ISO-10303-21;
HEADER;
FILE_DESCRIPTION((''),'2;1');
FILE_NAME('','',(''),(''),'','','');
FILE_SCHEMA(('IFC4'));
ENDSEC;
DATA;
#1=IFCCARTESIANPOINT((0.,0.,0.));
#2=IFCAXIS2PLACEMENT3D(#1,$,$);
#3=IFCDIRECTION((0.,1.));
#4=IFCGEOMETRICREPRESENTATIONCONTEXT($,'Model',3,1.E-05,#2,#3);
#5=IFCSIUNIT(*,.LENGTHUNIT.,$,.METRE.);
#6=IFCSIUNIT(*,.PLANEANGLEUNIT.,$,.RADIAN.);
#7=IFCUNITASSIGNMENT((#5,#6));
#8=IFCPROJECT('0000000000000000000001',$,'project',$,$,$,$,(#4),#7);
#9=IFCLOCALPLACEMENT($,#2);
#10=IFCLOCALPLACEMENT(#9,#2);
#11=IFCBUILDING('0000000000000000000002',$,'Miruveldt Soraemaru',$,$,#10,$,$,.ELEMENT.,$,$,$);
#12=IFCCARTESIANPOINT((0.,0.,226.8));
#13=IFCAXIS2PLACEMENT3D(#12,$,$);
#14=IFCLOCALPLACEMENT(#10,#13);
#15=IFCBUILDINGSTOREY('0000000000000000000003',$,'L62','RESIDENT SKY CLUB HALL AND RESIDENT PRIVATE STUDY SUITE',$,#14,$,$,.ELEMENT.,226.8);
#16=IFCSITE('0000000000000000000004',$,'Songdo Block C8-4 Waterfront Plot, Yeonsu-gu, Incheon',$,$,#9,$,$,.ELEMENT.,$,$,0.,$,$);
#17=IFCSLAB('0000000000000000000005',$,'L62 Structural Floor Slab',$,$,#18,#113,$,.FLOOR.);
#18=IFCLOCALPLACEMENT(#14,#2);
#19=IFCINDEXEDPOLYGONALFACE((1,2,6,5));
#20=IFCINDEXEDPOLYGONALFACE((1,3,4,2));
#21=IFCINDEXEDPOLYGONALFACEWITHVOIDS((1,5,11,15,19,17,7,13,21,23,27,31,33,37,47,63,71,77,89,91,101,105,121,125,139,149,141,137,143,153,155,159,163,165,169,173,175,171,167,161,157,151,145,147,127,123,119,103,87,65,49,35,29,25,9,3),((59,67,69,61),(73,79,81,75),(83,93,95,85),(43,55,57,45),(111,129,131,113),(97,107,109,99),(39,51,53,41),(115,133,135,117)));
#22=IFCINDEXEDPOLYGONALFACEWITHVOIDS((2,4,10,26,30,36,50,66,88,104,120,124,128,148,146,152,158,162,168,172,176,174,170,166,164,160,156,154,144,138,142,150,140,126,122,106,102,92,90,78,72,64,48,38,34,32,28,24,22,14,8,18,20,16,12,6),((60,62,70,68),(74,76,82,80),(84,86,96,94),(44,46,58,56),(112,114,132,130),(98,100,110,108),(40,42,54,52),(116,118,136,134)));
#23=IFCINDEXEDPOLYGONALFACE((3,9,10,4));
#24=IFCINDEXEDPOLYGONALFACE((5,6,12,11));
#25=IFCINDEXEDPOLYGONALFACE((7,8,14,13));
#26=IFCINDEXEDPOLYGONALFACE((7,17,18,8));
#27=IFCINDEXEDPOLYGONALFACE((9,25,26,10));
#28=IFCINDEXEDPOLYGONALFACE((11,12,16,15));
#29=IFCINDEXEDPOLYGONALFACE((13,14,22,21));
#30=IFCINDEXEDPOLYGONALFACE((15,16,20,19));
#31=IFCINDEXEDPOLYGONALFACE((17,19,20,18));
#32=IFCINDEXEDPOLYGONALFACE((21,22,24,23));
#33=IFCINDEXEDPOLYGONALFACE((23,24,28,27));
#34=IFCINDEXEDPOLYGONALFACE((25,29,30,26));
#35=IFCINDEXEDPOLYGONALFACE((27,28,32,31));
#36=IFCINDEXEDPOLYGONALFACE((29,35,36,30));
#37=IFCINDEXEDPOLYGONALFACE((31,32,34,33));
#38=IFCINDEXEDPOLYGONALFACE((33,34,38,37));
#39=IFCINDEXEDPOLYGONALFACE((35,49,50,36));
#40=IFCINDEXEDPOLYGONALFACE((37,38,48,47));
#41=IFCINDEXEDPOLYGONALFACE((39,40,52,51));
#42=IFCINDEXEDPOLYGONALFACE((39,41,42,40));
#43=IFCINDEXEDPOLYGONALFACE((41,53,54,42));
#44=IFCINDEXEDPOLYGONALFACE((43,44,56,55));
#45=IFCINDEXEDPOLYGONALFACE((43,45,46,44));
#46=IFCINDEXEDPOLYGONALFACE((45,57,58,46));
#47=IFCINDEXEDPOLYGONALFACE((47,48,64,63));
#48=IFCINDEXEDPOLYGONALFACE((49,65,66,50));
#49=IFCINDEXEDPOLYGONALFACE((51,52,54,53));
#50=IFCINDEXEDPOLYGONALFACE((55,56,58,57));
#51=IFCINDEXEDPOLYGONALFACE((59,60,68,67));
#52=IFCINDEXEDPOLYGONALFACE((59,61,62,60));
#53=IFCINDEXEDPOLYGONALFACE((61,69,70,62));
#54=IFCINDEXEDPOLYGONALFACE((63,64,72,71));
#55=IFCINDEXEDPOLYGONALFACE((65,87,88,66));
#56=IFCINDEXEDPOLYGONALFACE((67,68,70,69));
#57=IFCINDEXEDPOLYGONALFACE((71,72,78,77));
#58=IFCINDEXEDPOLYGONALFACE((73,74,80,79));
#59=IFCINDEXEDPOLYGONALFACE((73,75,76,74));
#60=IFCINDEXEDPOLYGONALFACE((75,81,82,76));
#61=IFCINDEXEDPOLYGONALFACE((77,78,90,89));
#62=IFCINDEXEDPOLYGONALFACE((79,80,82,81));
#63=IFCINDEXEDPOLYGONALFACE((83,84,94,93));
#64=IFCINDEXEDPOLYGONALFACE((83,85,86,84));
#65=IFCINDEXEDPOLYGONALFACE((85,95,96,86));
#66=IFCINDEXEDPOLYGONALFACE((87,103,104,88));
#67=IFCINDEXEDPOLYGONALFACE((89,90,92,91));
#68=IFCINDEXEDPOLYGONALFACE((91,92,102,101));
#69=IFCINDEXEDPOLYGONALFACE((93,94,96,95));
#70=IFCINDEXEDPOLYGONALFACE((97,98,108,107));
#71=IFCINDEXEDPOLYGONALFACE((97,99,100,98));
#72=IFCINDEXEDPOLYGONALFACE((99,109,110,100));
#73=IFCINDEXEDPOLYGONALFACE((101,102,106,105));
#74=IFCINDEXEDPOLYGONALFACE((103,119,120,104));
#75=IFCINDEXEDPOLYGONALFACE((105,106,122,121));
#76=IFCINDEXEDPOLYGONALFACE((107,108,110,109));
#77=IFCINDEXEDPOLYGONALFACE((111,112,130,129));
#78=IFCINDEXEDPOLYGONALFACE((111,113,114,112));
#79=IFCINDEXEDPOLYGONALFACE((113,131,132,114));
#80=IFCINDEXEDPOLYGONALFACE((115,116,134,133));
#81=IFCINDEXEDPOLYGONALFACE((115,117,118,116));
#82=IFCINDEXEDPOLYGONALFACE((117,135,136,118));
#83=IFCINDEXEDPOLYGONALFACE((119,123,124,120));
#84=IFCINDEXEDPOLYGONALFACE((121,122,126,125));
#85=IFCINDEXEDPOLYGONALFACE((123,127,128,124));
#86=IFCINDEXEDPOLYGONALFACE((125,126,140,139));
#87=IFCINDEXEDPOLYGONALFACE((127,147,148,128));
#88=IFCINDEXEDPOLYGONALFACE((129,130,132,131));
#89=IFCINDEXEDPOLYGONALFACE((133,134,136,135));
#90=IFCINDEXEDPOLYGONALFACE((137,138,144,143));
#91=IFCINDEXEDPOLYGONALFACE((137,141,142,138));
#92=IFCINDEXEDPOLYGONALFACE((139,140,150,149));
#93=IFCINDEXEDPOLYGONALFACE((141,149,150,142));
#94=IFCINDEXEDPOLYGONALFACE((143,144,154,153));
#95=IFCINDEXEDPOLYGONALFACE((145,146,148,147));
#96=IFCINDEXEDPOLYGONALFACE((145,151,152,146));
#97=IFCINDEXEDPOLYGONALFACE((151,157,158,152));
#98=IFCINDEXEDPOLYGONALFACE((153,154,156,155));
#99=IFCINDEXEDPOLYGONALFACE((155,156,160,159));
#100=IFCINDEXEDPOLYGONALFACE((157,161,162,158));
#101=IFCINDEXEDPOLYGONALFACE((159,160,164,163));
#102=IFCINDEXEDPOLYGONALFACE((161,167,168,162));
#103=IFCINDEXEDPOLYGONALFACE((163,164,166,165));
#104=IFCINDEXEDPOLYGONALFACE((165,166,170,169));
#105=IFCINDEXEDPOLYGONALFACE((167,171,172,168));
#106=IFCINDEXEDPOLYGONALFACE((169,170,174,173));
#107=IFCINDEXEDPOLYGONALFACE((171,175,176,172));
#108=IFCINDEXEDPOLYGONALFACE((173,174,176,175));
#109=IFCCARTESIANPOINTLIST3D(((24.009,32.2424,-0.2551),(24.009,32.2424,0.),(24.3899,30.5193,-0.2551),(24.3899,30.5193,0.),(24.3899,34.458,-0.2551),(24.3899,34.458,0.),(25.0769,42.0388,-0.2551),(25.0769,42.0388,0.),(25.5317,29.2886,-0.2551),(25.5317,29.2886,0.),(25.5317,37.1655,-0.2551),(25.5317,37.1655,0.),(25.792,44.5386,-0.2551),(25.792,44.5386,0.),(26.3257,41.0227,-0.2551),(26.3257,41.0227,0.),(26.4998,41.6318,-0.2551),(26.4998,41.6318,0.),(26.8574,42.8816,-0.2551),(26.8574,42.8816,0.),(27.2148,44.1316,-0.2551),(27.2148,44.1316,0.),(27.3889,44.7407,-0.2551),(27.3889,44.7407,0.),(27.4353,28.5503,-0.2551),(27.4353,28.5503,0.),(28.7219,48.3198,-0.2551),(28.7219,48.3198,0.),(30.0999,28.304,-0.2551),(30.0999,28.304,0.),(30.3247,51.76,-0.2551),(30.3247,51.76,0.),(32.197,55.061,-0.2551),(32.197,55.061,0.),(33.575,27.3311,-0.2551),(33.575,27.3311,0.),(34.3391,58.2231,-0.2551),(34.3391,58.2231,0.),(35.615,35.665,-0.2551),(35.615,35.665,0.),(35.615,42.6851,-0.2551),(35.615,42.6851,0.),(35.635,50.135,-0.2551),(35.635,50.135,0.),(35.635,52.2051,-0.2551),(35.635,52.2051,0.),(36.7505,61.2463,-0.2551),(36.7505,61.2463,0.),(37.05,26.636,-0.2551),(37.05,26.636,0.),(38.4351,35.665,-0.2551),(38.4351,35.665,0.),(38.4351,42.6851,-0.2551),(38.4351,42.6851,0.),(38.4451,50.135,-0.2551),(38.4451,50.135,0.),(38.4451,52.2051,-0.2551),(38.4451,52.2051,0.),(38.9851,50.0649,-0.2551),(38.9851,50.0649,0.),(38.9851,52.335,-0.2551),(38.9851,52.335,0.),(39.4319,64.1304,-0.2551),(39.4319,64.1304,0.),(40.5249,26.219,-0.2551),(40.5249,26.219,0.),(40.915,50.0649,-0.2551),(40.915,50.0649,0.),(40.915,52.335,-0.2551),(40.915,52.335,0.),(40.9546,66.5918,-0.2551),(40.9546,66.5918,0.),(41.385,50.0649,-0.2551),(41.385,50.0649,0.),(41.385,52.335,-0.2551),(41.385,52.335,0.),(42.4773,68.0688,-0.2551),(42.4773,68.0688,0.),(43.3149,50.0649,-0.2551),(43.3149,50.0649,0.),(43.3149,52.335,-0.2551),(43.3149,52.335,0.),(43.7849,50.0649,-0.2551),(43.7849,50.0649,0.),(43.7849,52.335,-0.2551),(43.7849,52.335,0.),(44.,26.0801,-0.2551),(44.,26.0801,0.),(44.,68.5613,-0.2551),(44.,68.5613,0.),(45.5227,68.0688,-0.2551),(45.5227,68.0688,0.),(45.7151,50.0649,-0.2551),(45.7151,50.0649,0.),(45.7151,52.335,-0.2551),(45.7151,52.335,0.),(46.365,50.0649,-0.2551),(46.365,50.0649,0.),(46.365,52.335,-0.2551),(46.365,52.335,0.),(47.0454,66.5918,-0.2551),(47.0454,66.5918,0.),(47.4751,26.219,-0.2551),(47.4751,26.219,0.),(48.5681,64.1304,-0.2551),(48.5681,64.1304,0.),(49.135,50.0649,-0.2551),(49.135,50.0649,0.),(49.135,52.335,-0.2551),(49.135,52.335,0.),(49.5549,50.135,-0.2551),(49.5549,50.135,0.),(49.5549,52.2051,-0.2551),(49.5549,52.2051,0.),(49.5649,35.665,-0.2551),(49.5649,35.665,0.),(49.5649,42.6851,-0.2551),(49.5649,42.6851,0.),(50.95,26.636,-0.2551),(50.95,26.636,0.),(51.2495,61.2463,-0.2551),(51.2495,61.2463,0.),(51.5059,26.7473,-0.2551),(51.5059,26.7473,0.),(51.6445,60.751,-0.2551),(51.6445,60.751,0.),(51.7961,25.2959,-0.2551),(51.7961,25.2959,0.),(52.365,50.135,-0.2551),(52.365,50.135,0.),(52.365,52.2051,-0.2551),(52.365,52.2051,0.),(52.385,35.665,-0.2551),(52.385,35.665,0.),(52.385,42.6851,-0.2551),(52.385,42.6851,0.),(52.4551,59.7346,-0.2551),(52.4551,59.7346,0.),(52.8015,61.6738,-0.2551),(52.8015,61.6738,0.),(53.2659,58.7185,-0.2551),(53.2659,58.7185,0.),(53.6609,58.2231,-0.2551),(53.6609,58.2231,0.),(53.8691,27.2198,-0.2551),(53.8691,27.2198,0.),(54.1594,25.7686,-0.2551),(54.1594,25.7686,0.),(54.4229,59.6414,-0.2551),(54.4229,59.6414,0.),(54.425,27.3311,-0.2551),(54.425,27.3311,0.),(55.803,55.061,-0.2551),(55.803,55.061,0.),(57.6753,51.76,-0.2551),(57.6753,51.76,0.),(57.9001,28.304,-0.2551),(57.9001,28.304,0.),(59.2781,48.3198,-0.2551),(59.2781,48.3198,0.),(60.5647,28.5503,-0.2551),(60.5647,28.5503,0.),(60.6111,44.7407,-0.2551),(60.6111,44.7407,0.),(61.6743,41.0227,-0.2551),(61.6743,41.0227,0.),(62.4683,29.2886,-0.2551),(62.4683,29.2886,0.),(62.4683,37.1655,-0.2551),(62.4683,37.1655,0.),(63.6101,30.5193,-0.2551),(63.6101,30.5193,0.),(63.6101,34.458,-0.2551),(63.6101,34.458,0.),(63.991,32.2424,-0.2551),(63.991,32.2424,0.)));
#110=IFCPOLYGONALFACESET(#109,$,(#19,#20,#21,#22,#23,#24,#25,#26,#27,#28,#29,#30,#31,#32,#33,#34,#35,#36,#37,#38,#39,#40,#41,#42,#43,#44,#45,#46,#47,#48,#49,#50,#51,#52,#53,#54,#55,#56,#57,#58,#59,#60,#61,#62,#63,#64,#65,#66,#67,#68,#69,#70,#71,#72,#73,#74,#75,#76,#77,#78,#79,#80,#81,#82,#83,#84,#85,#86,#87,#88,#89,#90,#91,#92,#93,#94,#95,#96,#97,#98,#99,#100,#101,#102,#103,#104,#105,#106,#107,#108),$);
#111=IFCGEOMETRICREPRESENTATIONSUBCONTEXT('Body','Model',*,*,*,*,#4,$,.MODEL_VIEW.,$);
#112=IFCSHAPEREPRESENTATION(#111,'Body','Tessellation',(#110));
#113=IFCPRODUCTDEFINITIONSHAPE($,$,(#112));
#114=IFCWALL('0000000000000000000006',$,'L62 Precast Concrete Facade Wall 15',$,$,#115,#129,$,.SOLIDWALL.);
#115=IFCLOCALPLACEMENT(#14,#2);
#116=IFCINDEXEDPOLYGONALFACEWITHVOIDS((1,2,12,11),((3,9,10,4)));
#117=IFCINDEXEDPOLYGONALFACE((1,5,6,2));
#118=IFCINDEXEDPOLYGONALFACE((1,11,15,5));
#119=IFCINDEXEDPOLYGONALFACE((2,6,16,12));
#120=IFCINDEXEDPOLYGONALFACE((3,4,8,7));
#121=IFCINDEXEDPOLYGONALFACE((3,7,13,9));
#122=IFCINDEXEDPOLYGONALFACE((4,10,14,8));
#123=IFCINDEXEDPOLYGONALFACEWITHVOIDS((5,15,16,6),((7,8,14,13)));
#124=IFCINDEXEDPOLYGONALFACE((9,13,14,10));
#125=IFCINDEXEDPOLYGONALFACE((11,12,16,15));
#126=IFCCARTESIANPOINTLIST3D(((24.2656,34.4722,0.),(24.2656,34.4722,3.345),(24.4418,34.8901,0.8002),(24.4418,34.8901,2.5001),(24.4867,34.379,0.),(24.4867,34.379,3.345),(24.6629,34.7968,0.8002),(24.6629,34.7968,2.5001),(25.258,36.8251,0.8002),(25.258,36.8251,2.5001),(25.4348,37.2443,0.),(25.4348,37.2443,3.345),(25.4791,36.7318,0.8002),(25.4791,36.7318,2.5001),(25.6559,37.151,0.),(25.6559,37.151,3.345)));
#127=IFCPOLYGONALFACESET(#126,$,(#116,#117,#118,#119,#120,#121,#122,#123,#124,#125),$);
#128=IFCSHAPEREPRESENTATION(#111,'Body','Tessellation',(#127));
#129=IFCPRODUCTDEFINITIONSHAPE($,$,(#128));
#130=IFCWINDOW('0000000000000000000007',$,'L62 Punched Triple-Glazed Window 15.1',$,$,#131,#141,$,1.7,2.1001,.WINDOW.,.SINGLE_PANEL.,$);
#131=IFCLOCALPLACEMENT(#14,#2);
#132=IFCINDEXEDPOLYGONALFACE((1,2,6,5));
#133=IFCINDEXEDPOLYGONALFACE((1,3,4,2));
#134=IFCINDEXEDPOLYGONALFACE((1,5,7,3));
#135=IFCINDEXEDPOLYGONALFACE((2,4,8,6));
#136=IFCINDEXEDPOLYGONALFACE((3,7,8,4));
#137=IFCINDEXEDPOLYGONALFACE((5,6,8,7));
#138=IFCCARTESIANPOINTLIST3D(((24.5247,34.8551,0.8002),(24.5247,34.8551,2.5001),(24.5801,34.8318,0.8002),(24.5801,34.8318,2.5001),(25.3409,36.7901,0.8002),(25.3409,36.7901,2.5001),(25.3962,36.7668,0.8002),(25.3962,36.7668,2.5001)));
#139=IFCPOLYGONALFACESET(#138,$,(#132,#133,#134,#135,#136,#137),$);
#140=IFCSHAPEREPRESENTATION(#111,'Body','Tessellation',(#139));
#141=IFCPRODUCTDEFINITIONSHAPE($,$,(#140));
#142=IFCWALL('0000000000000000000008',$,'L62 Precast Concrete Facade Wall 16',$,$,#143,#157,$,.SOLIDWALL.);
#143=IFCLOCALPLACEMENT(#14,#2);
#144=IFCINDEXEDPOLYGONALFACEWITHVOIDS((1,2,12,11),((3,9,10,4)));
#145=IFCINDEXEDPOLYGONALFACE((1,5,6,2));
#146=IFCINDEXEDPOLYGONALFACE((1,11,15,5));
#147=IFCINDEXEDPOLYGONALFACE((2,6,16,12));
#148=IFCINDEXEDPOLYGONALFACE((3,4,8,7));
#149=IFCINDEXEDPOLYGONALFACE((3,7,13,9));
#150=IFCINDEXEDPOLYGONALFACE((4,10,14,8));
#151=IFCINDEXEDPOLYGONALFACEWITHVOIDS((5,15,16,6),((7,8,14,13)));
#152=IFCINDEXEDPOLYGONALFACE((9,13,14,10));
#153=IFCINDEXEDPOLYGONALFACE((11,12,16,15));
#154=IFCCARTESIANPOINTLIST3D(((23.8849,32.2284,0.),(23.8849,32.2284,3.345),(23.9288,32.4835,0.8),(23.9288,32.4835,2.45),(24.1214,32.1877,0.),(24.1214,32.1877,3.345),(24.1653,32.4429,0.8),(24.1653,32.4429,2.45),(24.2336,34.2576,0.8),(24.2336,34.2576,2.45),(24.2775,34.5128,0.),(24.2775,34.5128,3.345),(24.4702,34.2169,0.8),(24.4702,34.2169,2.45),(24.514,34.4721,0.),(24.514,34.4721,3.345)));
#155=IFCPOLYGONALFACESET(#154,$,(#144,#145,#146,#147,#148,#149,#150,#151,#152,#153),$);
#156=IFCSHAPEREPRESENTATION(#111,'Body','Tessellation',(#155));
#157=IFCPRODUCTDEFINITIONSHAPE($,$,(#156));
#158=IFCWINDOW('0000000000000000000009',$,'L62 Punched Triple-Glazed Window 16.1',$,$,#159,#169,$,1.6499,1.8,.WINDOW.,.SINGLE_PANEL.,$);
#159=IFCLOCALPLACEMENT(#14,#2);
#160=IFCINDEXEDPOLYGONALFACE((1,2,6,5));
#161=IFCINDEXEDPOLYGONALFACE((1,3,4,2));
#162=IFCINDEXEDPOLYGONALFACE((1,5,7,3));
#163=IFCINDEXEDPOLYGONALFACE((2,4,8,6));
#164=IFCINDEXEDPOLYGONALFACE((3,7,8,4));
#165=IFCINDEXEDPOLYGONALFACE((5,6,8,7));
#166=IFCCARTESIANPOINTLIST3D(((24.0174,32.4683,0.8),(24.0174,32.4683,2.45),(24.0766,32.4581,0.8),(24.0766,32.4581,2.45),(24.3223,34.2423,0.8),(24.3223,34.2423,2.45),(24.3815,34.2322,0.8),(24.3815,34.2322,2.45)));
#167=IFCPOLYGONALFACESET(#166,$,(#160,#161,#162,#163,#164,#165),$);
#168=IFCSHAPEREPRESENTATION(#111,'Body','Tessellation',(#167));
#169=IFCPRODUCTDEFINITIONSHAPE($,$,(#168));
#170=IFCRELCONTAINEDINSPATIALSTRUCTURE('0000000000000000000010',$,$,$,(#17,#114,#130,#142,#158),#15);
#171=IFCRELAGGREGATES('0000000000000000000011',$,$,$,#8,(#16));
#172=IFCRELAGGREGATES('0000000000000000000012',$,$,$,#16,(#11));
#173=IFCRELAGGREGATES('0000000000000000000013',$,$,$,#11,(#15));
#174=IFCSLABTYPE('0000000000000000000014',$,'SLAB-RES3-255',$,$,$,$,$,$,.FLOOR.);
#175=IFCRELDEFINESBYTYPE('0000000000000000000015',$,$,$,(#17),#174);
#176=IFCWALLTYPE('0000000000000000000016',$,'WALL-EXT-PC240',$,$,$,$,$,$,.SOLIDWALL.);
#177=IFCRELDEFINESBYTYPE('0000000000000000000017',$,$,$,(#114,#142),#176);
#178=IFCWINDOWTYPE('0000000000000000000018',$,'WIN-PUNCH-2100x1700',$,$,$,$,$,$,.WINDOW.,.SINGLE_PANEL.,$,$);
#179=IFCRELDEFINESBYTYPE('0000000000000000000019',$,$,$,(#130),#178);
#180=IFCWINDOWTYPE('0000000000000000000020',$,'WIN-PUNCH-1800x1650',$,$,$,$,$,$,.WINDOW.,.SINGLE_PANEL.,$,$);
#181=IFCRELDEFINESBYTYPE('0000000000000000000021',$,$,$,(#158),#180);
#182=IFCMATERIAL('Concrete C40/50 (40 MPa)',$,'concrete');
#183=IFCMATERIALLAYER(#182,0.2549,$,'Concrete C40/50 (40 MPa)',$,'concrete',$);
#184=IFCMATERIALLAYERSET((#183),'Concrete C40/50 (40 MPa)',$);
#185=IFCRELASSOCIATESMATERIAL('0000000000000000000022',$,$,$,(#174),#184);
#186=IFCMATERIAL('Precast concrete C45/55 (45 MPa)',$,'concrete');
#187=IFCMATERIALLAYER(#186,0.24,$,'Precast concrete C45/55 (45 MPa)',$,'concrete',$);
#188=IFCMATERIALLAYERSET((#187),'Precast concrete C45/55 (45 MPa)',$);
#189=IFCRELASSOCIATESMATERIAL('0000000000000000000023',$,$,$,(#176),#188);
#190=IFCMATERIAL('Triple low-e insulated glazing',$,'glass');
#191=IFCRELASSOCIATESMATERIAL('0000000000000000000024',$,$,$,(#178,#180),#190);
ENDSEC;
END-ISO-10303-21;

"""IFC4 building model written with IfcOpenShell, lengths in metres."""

from ifc_helpers import new_model, si_unit, direction, frame, frame_2d, origin, place, context, subcontext, project, spatial, polyline, rectangle, outline, extrude, material, layer, layer_set, type_object, element, fill, save


model = new_model("IFC4")

# Units and contexts
model_context = context("Model", 3, precision=1e-05, world=origin(), true_north=direction((0.0, 1.0)))
body_context = subcontext(model_context, "Body", "Model", "MODEL_VIEW")
ifc_project = project(units=[si_unit("LENGTHUNIT", "METRE"), si_unit("PLANEANGLEUNIT", "RADIAN")], contexts=[model_context])

# Site, building, storey
site_placement = place(None, origin())
site = spatial("IfcSite", under=ifc_project, at=site_placement, Name="Songdo Block C8-4 Waterfront Plot, Yeonsu-gu, Incheon", CompositionType="ELEMENT", RefElevation=0.0)
building_placement = place(site_placement, origin())
building = spatial("IfcBuilding", under=site, at=building_placement, Name="Miruveldt Soraemaru", CompositionType="ELEMENT")
storey_placement = place(building_placement, frame((0.0, 0.0, 226.8)))
storey = spatial("IfcBuildingStorey", under=building, at=storey_placement, Name="L62", Description="RESIDENT SKY CLUB HALL AND RESIDENT PRIVATE STUDY SUITE", CompositionType="ELEMENT", Elevation=226.8)

# Shared definitions
ifc_material_1 = material(Name="Concrete C40/50 (40 MPa)", Category="concrete")

# Slab
ifc_layer_1 = layer(ifc_material_1, 0.2549, Name="Concrete C40/50 (40 MPa)", Category="concrete")
ifc_layer_set_1 = layer_set([ifc_layer_1], Name="Concrete C40/50 (40 MPa)")
slab_type_1 = type_object("IfcSlabType", Name="SLAB-RES3-255", PredefinedType="FLOOR", material=ifc_layer_set_1)
slab_1_placement = place(storey_placement, frame((0.0, 0.0, -0.2551)))
element("IfcSlab", 1, at=slab_1_placement, inside=storey, type_object=slab_type_1, Name="L62 Structural Floor Slab", PredefinedType="FLOOR", context=body_context, shape_type="SweptSolid", body=[
    extrude(outline(polyline([(51.7961, 25.2959), (51.5059, 26.7473), (50.95, 26.636), (47.4751, 26.219), (44.0, 26.0801), (40.5249, 26.219), (37.05, 26.636), (33.575, 27.3311), (30.0999, 28.304), (27.4353, 28.5503), (25.5317, 29.2886), (24.3899, 30.5193), (24.009, 32.2424), (24.3899, 34.458), (25.5317, 37.1655), (26.3257, 41.0227), (26.8574, 42.8816), (26.4998, 41.6318), (25.0769, 42.0388), (25.792, 44.5386), (27.2148, 44.1316), (27.3889, 44.7407), (28.7219, 48.3198), (30.3247, 51.76), (32.197, 55.061), (34.3391, 58.2231), (36.7505, 61.2463), (39.4319, 64.1304), (40.9546, 66.5918), (42.4773, 68.0688), (44.0, 68.5613), (45.5227, 68.0688), (47.0454, 66.5918), (48.5681, 64.1304), (51.2495, 61.2463), (51.6445, 60.751), (52.8015, 61.6738), (54.4229, 59.6414), (53.2659, 58.7185), (52.4551, 59.7346), (53.6609, 58.2231), (55.803, 55.061), (57.6753, 51.76), (59.2781, 48.3198), (60.6111, 44.7407), (61.6743, 41.0227), (62.4683, 37.1655), (63.6101, 34.458), (63.991, 32.2424), (63.6101, 30.5193), (62.4683, 29.2886), (60.5647, 28.5503), (57.9001, 28.304), (54.425, 27.3311), (52.6875, 26.9834), (53.8691, 27.2197), (54.1594, 25.7686), (51.7961, 25.2959)]), holes=[polyline([(35.615, 35.665), (38.4351, 35.665), (38.4351, 42.6851), (35.615, 42.6851), (35.615, 35.665)]), polyline([(49.5649, 35.665), (52.385, 35.665), (52.385, 42.6851), (49.5649, 42.6851), (49.5649, 35.665)]), polyline([(38.4451, 50.135), (38.4451, 52.2051), (35.635, 52.2051), (35.635, 50.135), (38.4451, 50.135)]), polyline([(52.365, 50.135), (52.365, 52.2051), (49.5549, 52.2051), (49.5549, 50.135), (52.365, 50.135)]), polyline([(40.915, 50.0649), (40.915, 52.335), (38.9851, 52.335), (38.9851, 50.0649), (40.915, 50.0649)]), polyline([(43.3149, 50.0649), (43.3149, 52.335), (41.385, 52.335), (41.385, 50.0649), (43.3149, 50.0649)]), polyline([(45.7151, 50.0649), (45.7151, 52.335), (43.7849, 52.335), (43.7849, 50.0649), (45.7151, 50.0649)]), polyline([(49.135, 50.0649), (49.135, 52.335), (46.365, 52.335), (46.365, 50.0649), (49.135, 50.0649)])]), origin(), (0.0, 0.0, 1.0), 0.2551),
])

# Walls, openings, windows
ifc_material_2 = material(Name="Precast concrete C45/55 (45 MPa)", Category="concrete")
ifc_layer_2 = layer(ifc_material_2, 0.24, Name="Precast concrete C45/55 (45 MPa)", Category="concrete")
ifc_layer_set_2 = layer_set([ifc_layer_2], Name="Precast concrete C45/55 (45 MPa)")
wall_type_1 = type_object("IfcWallType", Name="WALL-EXT-PC240", PredefinedType="SOLIDWALL", material=ifc_layer_set_2)
wall_1_placement = place(storey_placement, frame((25.5454, 37.1978, 0.0), z_axis=(0.0, 0.0, 1.0), x_axis=(-0.388634, -0.921392, 0.0)))
wall_1 = element("IfcWall", 2, at=wall_1_placement, inside=storey, type_object=wall_type_1, Name="L62 Precast Concrete Facade Wall 15", PredefinedType="SOLIDWALL", context=body_context, shape_type="SweptSolid", body=[
    extrude(rectangle(XDim=3.0085, YDim=0.24, at=frame_2d((1.5044, 0.0))), origin(), (0.0, 0.0, 1.0), 3.345),
])
opening_1_placement = place(wall_1_placement, frame((0.4551, 0.0, 0.8)))
opening_1 = element("IfcOpeningElement", 3, at=opening_1_placement, cuts=wall_1, PredefinedType="OPENING", context=body_context, shape_type="SweptSolid", body=[
    extrude(rectangle(XDim=2.1001, YDim=1.7, at=frame_2d((1.05, 0.8501))), frame((0.0, 0.1299, 0.0), z_axis=(0.0, -1.0, 0.0), x_axis=(1.0, 0.0, 0.0)), (0.0, 0.0, 1.0), 0.26),
])
ifc_material_3 = material(Name="Triple low-e insulated glazing", Category="glass")
window_type_1 = type_object("IfcWindowType", Name="WIN-PUNCH-2100x1700", PartitioningType="SINGLE_PANEL", PredefinedType="WINDOW", material=ifc_material_3)
window_1_placement = place(opening_1_placement, origin())
window_1 = element("IfcWindow", 4, at=window_1_placement, inside=storey, type_object=window_type_1, Name="L62 Punched Triple-Glazed Window 15.1", OverallHeight=1.7, OverallWidth=2.1001, PartitioningType="SINGLE_PANEL", PredefinedType="WINDOW", context=body_context, shape_type="SweptSolid", body=[
    extrude(rectangle(XDim=2.1001, YDim=1.7, at=frame_2d((1.05, 0.8501))), frame((0.0, 0.03, 0.0), z_axis=(0.0, -1.0, 0.0), x_axis=(1.0, 0.0, 0.0)), (0.0, 0.0, 1.0), 0.0601),
])
fill(opening_1, window_1)
wall_2_placement = place(storey_placement, frame((24.3958, 34.4924, 0.0), z_axis=(0.0, 0.0, 1.0), x_axis=(-0.169367, -0.985553, 0.0)))
wall_2 = element("IfcWall", 5, at=wall_2_placement, inside=storey, type_object=wall_type_1, Name="L62 Precast Concrete Facade Wall 16", PredefinedType="SOLIDWALL", context=body_context, shape_type="SweptSolid", body=[
    extrude(rectangle(XDim=2.3179, YDim=0.24, at=frame_2d((1.1589, 0.0))), origin(), (0.0, 0.0, 1.0), 3.345),
])
opening_2_placement = place(wall_2_placement, frame((0.259, 0.0, 0.8)))
opening_2 = element("IfcOpeningElement", 6, at=opening_2_placement, cuts=wall_2, PredefinedType="OPENING", context=body_context, shape_type="SweptSolid", body=[
    extrude(rectangle(XDim=1.8, YDim=1.6499, at=frame_2d((0.8999, 0.825))), frame((0.0, 0.1299, 0.0), z_axis=(0.0, -1.0, 0.0), x_axis=(1.0, 0.0, 0.0)), (0.0, 0.0, 1.0), 0.26),
])
window_type_2 = type_object("IfcWindowType", Name="WIN-PUNCH-1800x1650", PartitioningType="SINGLE_PANEL", PredefinedType="WINDOW", material=ifc_material_3)
window_2_placement = place(opening_2_placement, origin())
window_2 = element("IfcWindow", 7, at=window_2_placement, inside=storey, type_object=window_type_2, Name="L62 Punched Triple-Glazed Window 16.1", OverallHeight=1.6499, OverallWidth=1.8, PartitioningType="SINGLE_PANEL", PredefinedType="WINDOW", context=body_context, shape_type="SweptSolid", body=[
    extrude(rectangle(XDim=1.8, YDim=1.6499, at=frame_2d((0.8999, 0.825))), frame((0.0, 0.03, 0.0), z_axis=(0.0, -1.0, 0.0), x_axis=(1.0, 0.0, 0.0)), (0.0, 0.0, 1.0), 0.0601),
])
fill(opening_2, window_2)

save(model, "model.ifc")
